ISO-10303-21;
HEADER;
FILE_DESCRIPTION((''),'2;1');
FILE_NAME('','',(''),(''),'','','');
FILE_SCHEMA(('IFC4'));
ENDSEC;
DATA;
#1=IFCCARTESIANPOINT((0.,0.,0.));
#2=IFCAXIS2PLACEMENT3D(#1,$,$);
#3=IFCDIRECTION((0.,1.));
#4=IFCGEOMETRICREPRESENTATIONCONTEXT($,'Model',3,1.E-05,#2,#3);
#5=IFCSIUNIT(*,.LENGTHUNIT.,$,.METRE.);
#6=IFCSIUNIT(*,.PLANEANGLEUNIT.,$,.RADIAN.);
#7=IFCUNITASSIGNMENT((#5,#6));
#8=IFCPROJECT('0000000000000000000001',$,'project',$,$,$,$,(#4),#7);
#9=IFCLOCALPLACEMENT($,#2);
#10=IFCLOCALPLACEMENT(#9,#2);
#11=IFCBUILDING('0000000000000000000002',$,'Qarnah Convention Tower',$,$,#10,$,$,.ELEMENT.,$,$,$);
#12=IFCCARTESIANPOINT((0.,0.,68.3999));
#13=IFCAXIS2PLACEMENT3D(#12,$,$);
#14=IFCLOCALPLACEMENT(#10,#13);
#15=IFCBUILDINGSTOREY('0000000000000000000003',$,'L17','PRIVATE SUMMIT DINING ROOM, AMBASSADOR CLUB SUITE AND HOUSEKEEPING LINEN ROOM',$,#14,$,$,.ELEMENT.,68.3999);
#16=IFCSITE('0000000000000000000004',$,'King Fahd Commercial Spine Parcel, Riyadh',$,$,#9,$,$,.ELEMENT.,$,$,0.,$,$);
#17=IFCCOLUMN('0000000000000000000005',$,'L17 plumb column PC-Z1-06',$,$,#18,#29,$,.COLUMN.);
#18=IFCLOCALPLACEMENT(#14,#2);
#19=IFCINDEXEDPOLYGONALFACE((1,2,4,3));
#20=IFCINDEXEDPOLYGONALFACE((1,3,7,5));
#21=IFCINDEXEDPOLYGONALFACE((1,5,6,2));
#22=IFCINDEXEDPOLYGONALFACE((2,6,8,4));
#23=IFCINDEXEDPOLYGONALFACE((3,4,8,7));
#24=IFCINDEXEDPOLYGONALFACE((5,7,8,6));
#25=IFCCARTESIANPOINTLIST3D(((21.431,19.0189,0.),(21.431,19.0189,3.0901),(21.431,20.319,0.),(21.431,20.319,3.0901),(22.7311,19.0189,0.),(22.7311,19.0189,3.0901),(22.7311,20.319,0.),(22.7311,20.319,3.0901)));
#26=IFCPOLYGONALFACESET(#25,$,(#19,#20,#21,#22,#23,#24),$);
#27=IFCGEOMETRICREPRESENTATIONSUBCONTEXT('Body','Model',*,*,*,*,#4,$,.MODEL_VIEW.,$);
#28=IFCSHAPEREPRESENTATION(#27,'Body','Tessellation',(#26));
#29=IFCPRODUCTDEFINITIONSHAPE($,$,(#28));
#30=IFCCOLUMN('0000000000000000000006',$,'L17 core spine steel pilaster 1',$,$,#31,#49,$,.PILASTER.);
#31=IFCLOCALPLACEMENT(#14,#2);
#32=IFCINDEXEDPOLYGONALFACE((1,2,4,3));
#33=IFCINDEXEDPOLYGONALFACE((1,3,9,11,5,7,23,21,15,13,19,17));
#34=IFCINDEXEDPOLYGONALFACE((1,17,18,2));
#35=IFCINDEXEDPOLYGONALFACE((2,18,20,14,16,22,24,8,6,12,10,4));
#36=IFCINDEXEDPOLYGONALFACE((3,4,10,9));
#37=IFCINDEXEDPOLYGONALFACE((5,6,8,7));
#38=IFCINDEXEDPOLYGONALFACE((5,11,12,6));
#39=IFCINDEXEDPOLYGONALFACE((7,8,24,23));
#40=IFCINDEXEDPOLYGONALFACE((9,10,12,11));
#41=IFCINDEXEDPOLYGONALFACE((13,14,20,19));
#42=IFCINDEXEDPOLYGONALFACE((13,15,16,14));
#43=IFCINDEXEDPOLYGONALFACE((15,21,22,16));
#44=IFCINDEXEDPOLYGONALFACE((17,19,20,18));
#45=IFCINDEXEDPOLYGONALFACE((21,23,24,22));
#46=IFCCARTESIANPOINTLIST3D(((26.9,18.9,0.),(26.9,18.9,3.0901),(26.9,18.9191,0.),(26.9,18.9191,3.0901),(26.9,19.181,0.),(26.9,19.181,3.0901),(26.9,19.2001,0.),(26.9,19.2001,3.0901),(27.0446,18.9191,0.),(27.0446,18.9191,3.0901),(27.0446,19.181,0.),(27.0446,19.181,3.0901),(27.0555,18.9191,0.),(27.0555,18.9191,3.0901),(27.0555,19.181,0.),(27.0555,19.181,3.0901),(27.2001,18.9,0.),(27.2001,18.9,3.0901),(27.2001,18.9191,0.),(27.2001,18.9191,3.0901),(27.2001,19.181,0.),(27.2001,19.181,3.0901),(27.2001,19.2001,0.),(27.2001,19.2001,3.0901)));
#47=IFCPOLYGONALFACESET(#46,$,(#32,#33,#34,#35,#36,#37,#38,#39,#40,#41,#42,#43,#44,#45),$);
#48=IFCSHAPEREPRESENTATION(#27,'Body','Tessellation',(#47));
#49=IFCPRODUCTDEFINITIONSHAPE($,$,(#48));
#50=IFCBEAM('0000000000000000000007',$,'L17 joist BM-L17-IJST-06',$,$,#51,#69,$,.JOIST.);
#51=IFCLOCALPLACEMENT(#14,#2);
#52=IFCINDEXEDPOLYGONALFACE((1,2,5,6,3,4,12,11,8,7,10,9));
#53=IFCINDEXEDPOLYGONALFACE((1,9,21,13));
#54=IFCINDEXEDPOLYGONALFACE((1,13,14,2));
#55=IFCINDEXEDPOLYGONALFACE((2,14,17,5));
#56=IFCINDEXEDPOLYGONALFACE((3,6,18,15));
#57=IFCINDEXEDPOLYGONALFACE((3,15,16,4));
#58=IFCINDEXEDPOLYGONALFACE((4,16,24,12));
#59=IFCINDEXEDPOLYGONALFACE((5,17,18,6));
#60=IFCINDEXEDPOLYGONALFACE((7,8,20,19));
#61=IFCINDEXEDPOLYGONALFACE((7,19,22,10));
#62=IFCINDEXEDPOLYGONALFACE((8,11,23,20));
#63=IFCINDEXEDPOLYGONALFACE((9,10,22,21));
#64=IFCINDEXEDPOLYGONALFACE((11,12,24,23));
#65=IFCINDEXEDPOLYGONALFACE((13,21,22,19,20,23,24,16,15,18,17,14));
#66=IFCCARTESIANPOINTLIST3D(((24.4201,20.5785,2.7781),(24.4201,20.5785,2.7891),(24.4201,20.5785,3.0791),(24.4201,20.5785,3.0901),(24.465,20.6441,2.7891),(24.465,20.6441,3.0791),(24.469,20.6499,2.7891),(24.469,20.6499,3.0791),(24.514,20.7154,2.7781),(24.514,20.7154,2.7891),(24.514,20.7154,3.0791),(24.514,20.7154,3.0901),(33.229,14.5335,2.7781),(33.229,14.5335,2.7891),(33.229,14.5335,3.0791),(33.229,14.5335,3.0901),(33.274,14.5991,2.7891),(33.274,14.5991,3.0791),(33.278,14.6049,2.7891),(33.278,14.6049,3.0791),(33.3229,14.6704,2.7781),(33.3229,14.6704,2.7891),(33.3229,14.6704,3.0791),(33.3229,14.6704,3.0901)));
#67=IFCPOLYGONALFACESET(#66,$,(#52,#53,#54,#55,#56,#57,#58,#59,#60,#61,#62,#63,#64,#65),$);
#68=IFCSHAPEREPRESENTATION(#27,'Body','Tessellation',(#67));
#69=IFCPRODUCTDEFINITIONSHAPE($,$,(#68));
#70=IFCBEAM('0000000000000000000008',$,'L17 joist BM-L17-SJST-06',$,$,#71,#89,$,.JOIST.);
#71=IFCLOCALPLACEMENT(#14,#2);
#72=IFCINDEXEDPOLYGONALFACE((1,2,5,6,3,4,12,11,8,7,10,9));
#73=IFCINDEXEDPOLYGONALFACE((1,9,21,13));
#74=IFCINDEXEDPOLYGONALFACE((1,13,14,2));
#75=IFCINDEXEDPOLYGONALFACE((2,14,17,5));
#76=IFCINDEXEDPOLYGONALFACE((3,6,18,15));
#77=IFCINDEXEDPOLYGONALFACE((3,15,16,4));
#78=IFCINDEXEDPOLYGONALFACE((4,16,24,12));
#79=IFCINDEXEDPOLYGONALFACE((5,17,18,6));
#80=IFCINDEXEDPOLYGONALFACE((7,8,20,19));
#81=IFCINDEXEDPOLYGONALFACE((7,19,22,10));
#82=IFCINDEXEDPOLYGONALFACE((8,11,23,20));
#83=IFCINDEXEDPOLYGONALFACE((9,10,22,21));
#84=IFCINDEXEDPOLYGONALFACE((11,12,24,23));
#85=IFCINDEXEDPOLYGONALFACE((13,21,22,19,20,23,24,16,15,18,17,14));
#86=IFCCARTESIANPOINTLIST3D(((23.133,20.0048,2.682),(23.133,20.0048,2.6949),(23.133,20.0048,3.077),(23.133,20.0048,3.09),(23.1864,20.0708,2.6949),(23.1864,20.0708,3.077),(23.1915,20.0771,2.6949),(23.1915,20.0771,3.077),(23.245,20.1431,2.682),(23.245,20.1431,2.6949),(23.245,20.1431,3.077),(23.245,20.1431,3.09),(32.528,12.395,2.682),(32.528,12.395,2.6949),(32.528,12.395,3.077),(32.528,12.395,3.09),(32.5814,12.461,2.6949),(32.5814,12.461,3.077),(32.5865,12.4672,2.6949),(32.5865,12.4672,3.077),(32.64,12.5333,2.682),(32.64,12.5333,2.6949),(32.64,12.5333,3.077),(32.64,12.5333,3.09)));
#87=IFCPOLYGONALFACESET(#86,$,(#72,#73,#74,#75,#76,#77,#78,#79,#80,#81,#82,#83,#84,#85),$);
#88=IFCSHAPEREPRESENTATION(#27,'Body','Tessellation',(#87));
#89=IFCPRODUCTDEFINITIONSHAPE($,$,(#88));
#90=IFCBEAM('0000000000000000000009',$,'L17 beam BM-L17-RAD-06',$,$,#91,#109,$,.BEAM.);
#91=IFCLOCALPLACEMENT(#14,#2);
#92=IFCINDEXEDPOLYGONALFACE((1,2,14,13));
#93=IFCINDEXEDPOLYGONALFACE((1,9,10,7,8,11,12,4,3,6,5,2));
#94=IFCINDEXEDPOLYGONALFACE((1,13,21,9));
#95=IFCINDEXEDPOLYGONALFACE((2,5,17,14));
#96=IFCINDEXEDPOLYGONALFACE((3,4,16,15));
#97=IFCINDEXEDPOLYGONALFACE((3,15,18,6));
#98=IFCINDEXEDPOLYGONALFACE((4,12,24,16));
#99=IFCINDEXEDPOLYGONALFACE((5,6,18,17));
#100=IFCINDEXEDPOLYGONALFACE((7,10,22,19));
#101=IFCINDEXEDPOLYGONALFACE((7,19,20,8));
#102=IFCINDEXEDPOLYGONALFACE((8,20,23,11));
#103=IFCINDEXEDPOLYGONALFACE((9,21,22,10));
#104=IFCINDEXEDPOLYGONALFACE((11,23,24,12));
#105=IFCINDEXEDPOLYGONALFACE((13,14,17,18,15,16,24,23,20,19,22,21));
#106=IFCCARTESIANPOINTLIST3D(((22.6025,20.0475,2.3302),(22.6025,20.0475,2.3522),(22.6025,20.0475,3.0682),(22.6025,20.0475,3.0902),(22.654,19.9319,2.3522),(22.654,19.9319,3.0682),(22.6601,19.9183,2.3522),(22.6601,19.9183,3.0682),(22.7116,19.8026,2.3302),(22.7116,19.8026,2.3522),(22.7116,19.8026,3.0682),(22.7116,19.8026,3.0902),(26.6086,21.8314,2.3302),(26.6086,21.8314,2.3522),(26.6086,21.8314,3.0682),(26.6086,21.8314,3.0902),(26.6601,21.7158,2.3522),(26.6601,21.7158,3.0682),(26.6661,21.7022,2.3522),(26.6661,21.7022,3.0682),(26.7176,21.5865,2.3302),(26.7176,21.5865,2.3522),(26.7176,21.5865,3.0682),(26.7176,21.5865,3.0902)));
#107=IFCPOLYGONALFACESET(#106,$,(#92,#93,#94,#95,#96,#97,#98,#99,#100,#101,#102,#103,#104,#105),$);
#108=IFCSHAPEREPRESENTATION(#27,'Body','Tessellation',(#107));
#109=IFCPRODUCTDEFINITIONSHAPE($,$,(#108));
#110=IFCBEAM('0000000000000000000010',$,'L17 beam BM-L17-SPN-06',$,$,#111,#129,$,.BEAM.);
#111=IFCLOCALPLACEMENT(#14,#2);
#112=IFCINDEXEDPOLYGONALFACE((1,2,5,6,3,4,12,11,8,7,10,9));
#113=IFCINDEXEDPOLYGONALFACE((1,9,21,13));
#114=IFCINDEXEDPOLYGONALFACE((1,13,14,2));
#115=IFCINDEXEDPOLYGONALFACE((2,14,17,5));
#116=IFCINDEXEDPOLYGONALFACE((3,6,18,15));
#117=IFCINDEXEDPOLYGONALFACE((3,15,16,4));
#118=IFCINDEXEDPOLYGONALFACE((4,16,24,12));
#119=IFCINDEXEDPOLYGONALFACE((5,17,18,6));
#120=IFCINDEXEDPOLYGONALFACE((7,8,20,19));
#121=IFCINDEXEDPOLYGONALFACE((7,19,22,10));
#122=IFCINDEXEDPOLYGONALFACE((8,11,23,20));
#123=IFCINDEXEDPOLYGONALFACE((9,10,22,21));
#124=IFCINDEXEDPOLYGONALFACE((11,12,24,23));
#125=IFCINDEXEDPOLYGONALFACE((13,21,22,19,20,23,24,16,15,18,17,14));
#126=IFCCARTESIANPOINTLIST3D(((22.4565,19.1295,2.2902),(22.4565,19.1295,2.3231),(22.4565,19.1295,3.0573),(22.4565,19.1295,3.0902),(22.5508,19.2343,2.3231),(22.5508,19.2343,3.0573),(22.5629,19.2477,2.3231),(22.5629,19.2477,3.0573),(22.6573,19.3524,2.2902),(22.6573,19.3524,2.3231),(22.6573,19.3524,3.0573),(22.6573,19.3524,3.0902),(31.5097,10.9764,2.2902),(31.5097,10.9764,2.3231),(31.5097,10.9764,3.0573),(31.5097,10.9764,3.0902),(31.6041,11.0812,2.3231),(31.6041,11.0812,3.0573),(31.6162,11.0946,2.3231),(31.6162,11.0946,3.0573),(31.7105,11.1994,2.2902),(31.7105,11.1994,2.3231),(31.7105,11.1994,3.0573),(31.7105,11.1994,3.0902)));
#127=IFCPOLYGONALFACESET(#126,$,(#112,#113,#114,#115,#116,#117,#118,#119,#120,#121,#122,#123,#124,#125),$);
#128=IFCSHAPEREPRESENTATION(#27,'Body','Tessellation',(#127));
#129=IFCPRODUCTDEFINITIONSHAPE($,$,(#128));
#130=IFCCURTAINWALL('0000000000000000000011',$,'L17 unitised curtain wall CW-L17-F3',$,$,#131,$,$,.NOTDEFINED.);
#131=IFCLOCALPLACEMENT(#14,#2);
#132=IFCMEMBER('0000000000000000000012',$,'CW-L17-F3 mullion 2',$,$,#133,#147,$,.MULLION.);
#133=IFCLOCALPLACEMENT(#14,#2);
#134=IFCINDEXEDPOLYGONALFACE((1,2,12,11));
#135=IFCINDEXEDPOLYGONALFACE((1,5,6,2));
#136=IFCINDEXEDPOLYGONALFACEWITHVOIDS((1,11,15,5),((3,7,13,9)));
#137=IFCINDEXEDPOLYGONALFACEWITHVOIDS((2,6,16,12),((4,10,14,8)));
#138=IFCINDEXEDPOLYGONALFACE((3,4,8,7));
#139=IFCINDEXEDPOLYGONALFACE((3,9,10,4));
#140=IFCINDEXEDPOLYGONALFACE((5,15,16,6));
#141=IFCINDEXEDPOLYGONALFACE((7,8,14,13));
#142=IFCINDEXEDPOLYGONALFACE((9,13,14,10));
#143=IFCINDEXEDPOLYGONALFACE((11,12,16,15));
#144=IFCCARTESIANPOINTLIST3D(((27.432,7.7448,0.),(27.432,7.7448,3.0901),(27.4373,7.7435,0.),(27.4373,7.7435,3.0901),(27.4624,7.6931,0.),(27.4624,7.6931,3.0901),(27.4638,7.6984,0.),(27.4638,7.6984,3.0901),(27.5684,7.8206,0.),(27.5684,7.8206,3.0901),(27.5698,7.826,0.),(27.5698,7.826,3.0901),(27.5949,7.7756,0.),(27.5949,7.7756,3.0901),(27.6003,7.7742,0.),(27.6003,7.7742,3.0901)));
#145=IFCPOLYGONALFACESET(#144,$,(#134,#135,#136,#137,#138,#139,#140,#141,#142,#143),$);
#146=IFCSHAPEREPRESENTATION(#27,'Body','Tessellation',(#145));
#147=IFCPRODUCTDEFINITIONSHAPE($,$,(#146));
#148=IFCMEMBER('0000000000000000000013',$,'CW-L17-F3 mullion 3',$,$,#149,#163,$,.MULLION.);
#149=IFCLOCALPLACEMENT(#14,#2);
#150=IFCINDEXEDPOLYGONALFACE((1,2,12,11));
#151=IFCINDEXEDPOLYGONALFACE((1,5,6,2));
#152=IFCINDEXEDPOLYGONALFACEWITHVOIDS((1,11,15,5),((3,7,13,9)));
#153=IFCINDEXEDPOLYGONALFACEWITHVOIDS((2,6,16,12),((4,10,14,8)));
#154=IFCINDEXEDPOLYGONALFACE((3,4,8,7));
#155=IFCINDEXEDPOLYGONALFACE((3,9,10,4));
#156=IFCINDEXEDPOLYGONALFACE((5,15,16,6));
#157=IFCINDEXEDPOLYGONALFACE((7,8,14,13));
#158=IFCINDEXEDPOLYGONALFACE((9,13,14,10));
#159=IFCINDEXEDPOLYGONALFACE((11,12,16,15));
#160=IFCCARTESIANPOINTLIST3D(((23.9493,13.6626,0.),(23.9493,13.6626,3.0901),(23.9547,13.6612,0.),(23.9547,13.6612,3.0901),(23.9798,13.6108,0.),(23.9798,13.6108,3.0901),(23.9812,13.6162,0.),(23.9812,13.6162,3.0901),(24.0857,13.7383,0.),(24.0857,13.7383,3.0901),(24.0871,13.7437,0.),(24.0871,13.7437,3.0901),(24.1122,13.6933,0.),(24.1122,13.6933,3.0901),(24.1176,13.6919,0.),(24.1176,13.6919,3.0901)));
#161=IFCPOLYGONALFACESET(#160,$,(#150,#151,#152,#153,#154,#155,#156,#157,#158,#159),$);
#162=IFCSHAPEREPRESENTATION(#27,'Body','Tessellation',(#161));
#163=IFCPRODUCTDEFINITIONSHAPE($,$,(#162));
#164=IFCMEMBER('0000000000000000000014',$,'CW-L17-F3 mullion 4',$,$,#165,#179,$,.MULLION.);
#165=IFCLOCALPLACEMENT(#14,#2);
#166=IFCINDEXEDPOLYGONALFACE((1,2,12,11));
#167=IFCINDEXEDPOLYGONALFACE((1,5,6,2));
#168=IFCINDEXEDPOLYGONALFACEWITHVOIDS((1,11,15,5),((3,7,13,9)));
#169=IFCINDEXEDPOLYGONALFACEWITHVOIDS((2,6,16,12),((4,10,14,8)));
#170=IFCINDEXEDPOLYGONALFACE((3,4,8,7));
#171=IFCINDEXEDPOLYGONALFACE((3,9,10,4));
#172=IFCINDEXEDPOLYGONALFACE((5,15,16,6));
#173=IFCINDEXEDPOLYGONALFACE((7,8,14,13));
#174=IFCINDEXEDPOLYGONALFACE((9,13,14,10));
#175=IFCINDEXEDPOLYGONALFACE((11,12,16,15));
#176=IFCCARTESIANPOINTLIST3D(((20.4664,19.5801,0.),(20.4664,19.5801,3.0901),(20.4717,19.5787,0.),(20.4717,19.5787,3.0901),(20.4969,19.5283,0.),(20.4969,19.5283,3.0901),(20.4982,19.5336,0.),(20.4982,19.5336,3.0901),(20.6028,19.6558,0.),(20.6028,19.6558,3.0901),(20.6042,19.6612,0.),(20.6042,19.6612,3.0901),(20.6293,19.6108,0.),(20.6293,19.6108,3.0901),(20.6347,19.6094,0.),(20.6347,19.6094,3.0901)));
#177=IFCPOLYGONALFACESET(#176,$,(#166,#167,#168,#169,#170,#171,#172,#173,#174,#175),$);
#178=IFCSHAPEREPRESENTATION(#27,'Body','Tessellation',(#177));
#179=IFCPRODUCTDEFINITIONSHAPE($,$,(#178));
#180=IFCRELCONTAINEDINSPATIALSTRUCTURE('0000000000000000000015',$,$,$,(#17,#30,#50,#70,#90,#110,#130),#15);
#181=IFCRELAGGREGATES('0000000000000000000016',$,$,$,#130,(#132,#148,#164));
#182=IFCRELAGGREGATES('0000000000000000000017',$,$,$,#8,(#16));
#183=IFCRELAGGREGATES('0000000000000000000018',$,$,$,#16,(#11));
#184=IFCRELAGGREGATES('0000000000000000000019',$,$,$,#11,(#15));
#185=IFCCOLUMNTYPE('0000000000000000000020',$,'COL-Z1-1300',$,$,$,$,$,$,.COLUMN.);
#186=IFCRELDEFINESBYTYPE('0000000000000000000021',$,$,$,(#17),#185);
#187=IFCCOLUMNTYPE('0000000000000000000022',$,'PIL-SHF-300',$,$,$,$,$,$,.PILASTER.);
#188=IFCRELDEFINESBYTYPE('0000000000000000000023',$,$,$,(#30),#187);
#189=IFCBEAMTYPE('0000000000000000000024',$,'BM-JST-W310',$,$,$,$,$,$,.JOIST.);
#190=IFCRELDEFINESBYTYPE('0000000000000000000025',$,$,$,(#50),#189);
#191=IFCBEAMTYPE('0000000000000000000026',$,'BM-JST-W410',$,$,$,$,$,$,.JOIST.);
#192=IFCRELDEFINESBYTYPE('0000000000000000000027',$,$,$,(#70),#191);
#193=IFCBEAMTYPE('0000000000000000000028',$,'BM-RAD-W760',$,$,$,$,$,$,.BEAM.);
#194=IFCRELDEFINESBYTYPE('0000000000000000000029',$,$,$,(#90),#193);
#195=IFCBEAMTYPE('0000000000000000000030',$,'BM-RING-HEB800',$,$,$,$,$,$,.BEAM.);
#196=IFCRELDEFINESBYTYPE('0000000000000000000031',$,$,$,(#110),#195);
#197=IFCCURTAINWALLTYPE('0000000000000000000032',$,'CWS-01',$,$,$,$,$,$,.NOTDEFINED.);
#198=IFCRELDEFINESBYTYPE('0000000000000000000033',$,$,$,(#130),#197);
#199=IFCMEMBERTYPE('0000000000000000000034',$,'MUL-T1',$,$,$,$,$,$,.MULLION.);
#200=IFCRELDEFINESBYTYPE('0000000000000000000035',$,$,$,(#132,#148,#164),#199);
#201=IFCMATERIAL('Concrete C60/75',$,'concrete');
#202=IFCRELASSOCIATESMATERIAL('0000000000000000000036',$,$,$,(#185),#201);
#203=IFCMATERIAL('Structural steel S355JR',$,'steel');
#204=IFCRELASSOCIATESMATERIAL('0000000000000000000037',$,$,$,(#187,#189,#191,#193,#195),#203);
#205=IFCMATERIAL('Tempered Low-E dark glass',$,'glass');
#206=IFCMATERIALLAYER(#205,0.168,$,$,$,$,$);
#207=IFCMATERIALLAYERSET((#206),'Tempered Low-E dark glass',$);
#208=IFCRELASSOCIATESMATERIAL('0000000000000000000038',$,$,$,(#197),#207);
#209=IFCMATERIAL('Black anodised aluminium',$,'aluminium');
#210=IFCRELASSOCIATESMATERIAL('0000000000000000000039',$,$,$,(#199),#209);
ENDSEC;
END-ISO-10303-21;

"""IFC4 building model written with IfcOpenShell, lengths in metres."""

from ifc_helpers import new_model, si_unit, direction, frame, origin, origin_2d, place, context, subcontext, project, spatial, rectangle, hollow_rectangle, i_section, extrude, material, layer, layer_set, material_profile, profile_set, type_object, element, aggregate, save


model = new_model("IFC4")

# Units and contexts
model_context = context("Model", 3, precision=1e-05, world=origin(), true_north=direction((0.0, 1.0)))
body_context = subcontext(model_context, "Body", "Model", "MODEL_VIEW")
ifc_project = project(units=[si_unit("LENGTHUNIT", "METRE"), si_unit("PLANEANGLEUNIT", "RADIAN")], contexts=[model_context])

# Site, building, storey
site_placement = place(None, origin())
site = spatial("IfcSite", under=ifc_project, at=site_placement, Name="King Fahd Commercial Spine Parcel, Riyadh", CompositionType="ELEMENT", RefElevation=0.0)
building_placement = place(site_placement, origin())
building = spatial("IfcBuilding", under=site, at=building_placement, Name="Qarnah Convention Tower", CompositionType="ELEMENT")
storey_placement = place(building_placement, frame((0.0, 0.0, 68.3999)))
storey = spatial("IfcBuildingStorey", under=building, at=storey_placement, Name="L17", Description="PRIVATE SUMMIT DINING ROOM, AMBASSADOR CLUB SUITE AND HOUSEKEEPING LINEN ROOM", CompositionType="ELEMENT", Elevation=68.3999)

# Columns
ifc_material_1 = material(Name="Concrete C60/75", Category="concrete")
ifc_material_profile_1 = material_profile(ifc_material_1, rectangle(XDim=1.3, YDim=1.3, at=origin_2d()), Name="RC-COL-1300X1300")
ifc_profile_set_1 = profile_set([ifc_material_profile_1], Name="Concrete C60/75")
column_type_1 = type_object("IfcColumnType", Name="COL-Z1-1300", PredefinedType="COLUMN", material=ifc_profile_set_1)
column_1_placement = place(storey_placement, frame((22.0811, 19.6689, 0.0), z_axis=(0.0, 0.0, 1.0), x_axis=(1.0, 0.0, 0.0)))
element("IfcColumn", 1, at=column_1_placement, inside=storey, type_object=column_type_1, Name="L17 plumb column PC-Z1-06", PredefinedType="COLUMN", context=body_context, shape_type="SweptSolid", body=[
    extrude(rectangle(XDim=1.3, YDim=1.3, at=origin_2d()), origin(), (0.0, 0.0, 1.0), 3.0901),
])
ifc_material_2 = material(Name="Structural steel S355JR", Category="steel")
ifc_material_profile_2 = material_profile(ifc_material_2, i_section(OverallWidth=0.3, OverallDepth=0.3, WebThickness=0.011, FlangeThickness=0.019, at=origin_2d()), Name="HEB300")
ifc_profile_set_2 = profile_set([ifc_material_profile_2], Name="Structural steel S355JR")
column_type_2 = type_object("IfcColumnType", Name="PIL-SHF-300", PredefinedType="PILASTER", material=ifc_profile_set_2)
column_2_placement = place(storey_placement, frame((27.05, 19.05, 0.0), z_axis=(0.0, 0.0, 1.0), x_axis=(1.0, 0.0, 0.0)))
element("IfcColumn", 2, at=column_2_placement, inside=storey, type_object=column_type_2, Name="L17 core spine steel pilaster 1", PredefinedType="PILASTER", context=body_context, shape_type="SweptSolid", body=[
    extrude(i_section(OverallWidth=0.3, OverallDepth=0.3, WebThickness=0.011, FlangeThickness=0.019, at=origin_2d()), origin(), (0.0, 0.0, 1.0), 3.0901),
])

# Beams
ifc_material_profile_3 = material_profile(ifc_material_2, i_section(OverallWidth=0.166, OverallDepth=0.312, WebThickness=0.0071, FlangeThickness=0.011, at=origin_2d()), Name="W310X45")
ifc_profile_set_3 = profile_set([ifc_material_profile_3], Name="Structural steel S355JR")
beam_type_1 = type_object("IfcBeamType", Name="BM-JST-W310", PredefinedType="JOIST", material=ifc_profile_set_3)
beam_1_placement = place(storey_placement, frame((24.467, 20.647, 2.9341), z_axis=(0.824529, -0.56582, 0.0), x_axis=(0.56582, 0.824529, 0.0)))
element("IfcBeam", 3, at=beam_1_placement, inside=storey, type_object=beam_type_1, Name="L17 joist BM-L17-IJST-06", PredefinedType="JOIST", context=body_context, shape_type="SweptSolid", body=[
    extrude(i_section(OverallWidth=0.166, OverallDepth=0.312, WebThickness=0.0071, FlangeThickness=0.011, at=origin_2d()), origin(), (0.0, 0.0, 1.0), 10.6836),
])
ifc_material_profile_4 = material_profile(ifc_material_2, i_section(OverallWidth=0.178, OverallDepth=0.408, WebThickness=0.0081, FlangeThickness=0.0129, at=origin_2d()), Name="W410X60")
ifc_profile_set_4 = profile_set([ifc_material_profile_4], Name="Structural steel S355JR")
beam_type_2 = type_object("IfcBeamType", Name="BM-JST-W410", PredefinedType="JOIST", material=ifc_profile_set_4)
beam_2_placement = place(storey_placement, frame((23.189, 20.074, 2.886), z_axis=(0.777068, -0.629417, 0.0), x_axis=(0.629417, 0.777068, 0.0)))
element("IfcBeam", 4, at=beam_2_placement, inside=storey, type_object=beam_type_2, Name="L17 joist BM-L17-SJST-06", PredefinedType="JOIST", context=body_context, shape_type="SweptSolid", body=[
    extrude(i_section(OverallWidth=0.178, OverallDepth=0.408, WebThickness=0.0081, FlangeThickness=0.0129, at=origin_2d()), origin(), (0.0, 0.0, 1.0), 12.0903),
])
ifc_material_profile_5 = material_profile(ifc_material_2, i_section(OverallWidth=0.2681, OverallDepth=0.76, WebThickness=0.0149, FlangeThickness=0.022, at=origin_2d()), Name="W760X185")
ifc_profile_set_5 = profile_set([ifc_material_profile_5], Name="Structural steel S355JR")
beam_type_3 = type_object("IfcBeamType", Name="BM-RAD-W760", PredefinedType="BEAM", material=ifc_profile_set_5)
beam_3_placement = place(storey_placement, frame((26.6631, 21.709, 2.7102), z_axis=(-0.91352, -0.406794, 0.0), x_axis=(0.406794, -0.91352, 0.0)))
element("IfcBeam", 5, at=beam_3_placement, inside=storey, type_object=beam_type_3, Name="L17 beam BM-L17-RAD-06", PredefinedType="BEAM", context=body_context, shape_type="SweptSolid", body=[
    extrude(i_section(OverallWidth=0.2681, OverallDepth=0.76, WebThickness=0.0149, FlangeThickness=0.022, at=origin_2d()), origin(), (0.0, 0.0, 1.0), 4.3853),
])
ifc_material_profile_6 = material_profile(ifc_material_2, i_section(OverallWidth=0.3, OverallDepth=0.8, WebThickness=0.0181, FlangeThickness=0.033, at=origin_2d()), Name="HEB800")
ifc_profile_set_6 = profile_set([ifc_material_profile_6], Name="Structural steel S355JR")
beam_type_4 = type_object("IfcBeamType", Name="BM-RING-HEB800", PredefinedType="BEAM", material=ifc_profile_set_6)
beam_4_placement = place(storey_placement, frame((22.5569, 19.241, 2.6902), z_axis=(0.743083, -0.669199, 0.0), x_axis=(0.669199, 0.743083, 0.0)))
element("IfcBeam", 6, at=beam_4_placement, inside=storey, type_object=beam_type_4, Name="L17 beam BM-L17-SPN-06", PredefinedType="BEAM", context=body_context, shape_type="SweptSolid", body=[
    extrude(i_section(OverallWidth=0.3, OverallDepth=0.8, WebThickness=0.0181, FlangeThickness=0.033, at=origin_2d()), origin(), (0.0, 0.0, 1.0), 12.1833),
])

# Curtain wall, members
ifc_material_3 = material(Name="Tempered Low-E dark glass", Category="glass")
ifc_layer_1 = layer(ifc_material_3, 0.168)
ifc_layer_set_1 = layer_set([ifc_layer_1], Name="Tempered Low-E dark glass")
curtain_wall_type = type_object("IfcCurtainWallType", Name="CWS-01", PredefinedType="NOTDEFINED", material=ifc_layer_set_1)
curtain_wall_placement = place(storey_placement, origin())
curtain_wall = element("IfcCurtainWall", 7, at=curtain_wall_placement, inside=storey, type_object=curtain_wall_type, Name="L17 unitised curtain wall CW-L17-F3", PredefinedType="NOTDEFINED")
ifc_material_4 = material(Name="Black anodised aluminium", Category="aluminium")
ifc_material_profile_7 = material_profile(ifc_material_4, hollow_rectangle(XDim=0.0601, YDim=0.1599, WallThickness=0.0039, at=origin_2d()), Name="MUL-60X160")
ifc_profile_set_7 = profile_set([ifc_material_profile_7], Name="Black anodised aluminium")
member_type = type_object("IfcMemberType", Name="MUL-T1", PredefinedType="MULLION", material=ifc_profile_set_7)
member_1_placement = place(storey_placement, frame((27.5161, 7.7595, 0.0), z_axis=(0.0, 0.0, 1.0), x_axis=(-0.507221, 0.861816, 0.0)))
member_1 = element("IfcMember", 8, at=member_1_placement, type_object=member_type, Name="CW-L17-F3 mullion 2", PredefinedType="MULLION", context=body_context, shape_type="SweptSolid", body=[
    extrude(hollow_rectangle(XDim=0.0601, YDim=0.1599, WallThickness=0.0039, at=origin_2d()), origin(), (0.0, 0.0, 1.0), 3.0901),
])
member_2_placement = place(storey_placement, frame((24.0334, 13.6772, 0.0), z_axis=(0.0, 0.0, 1.0), x_axis=(-0.507221, 0.861816, 0.0)))
member_2 = element("IfcMember", 9, at=member_2_placement, type_object=member_type, Name="CW-L17-F3 mullion 3", PredefinedType="MULLION", context=body_context, shape_type="SweptSolid", body=[
    extrude(hollow_rectangle(XDim=0.0601, YDim=0.1599, WallThickness=0.0039, at=origin_2d()), origin(), (0.0, 0.0, 1.0), 3.0901),
])
member_3_placement = place(storey_placement, frame((20.5505, 19.5947, 0.0), z_axis=(0.0, 0.0, 1.0), x_axis=(-0.507221, 0.861816, 0.0)))
member_3 = element("IfcMember", 10, at=member_3_placement, type_object=member_type, Name="CW-L17-F3 mullion 4", PredefinedType="MULLION", context=body_context, shape_type="SweptSolid", body=[
    extrude(hollow_rectangle(XDim=0.0601, YDim=0.1599, WallThickness=0.0039, at=origin_2d()), origin(), (0.0, 0.0, 1.0), 3.0901),
])
aggregate(curtain_wall, [member_1, member_2, member_3])

save(model, "model.ifc")
